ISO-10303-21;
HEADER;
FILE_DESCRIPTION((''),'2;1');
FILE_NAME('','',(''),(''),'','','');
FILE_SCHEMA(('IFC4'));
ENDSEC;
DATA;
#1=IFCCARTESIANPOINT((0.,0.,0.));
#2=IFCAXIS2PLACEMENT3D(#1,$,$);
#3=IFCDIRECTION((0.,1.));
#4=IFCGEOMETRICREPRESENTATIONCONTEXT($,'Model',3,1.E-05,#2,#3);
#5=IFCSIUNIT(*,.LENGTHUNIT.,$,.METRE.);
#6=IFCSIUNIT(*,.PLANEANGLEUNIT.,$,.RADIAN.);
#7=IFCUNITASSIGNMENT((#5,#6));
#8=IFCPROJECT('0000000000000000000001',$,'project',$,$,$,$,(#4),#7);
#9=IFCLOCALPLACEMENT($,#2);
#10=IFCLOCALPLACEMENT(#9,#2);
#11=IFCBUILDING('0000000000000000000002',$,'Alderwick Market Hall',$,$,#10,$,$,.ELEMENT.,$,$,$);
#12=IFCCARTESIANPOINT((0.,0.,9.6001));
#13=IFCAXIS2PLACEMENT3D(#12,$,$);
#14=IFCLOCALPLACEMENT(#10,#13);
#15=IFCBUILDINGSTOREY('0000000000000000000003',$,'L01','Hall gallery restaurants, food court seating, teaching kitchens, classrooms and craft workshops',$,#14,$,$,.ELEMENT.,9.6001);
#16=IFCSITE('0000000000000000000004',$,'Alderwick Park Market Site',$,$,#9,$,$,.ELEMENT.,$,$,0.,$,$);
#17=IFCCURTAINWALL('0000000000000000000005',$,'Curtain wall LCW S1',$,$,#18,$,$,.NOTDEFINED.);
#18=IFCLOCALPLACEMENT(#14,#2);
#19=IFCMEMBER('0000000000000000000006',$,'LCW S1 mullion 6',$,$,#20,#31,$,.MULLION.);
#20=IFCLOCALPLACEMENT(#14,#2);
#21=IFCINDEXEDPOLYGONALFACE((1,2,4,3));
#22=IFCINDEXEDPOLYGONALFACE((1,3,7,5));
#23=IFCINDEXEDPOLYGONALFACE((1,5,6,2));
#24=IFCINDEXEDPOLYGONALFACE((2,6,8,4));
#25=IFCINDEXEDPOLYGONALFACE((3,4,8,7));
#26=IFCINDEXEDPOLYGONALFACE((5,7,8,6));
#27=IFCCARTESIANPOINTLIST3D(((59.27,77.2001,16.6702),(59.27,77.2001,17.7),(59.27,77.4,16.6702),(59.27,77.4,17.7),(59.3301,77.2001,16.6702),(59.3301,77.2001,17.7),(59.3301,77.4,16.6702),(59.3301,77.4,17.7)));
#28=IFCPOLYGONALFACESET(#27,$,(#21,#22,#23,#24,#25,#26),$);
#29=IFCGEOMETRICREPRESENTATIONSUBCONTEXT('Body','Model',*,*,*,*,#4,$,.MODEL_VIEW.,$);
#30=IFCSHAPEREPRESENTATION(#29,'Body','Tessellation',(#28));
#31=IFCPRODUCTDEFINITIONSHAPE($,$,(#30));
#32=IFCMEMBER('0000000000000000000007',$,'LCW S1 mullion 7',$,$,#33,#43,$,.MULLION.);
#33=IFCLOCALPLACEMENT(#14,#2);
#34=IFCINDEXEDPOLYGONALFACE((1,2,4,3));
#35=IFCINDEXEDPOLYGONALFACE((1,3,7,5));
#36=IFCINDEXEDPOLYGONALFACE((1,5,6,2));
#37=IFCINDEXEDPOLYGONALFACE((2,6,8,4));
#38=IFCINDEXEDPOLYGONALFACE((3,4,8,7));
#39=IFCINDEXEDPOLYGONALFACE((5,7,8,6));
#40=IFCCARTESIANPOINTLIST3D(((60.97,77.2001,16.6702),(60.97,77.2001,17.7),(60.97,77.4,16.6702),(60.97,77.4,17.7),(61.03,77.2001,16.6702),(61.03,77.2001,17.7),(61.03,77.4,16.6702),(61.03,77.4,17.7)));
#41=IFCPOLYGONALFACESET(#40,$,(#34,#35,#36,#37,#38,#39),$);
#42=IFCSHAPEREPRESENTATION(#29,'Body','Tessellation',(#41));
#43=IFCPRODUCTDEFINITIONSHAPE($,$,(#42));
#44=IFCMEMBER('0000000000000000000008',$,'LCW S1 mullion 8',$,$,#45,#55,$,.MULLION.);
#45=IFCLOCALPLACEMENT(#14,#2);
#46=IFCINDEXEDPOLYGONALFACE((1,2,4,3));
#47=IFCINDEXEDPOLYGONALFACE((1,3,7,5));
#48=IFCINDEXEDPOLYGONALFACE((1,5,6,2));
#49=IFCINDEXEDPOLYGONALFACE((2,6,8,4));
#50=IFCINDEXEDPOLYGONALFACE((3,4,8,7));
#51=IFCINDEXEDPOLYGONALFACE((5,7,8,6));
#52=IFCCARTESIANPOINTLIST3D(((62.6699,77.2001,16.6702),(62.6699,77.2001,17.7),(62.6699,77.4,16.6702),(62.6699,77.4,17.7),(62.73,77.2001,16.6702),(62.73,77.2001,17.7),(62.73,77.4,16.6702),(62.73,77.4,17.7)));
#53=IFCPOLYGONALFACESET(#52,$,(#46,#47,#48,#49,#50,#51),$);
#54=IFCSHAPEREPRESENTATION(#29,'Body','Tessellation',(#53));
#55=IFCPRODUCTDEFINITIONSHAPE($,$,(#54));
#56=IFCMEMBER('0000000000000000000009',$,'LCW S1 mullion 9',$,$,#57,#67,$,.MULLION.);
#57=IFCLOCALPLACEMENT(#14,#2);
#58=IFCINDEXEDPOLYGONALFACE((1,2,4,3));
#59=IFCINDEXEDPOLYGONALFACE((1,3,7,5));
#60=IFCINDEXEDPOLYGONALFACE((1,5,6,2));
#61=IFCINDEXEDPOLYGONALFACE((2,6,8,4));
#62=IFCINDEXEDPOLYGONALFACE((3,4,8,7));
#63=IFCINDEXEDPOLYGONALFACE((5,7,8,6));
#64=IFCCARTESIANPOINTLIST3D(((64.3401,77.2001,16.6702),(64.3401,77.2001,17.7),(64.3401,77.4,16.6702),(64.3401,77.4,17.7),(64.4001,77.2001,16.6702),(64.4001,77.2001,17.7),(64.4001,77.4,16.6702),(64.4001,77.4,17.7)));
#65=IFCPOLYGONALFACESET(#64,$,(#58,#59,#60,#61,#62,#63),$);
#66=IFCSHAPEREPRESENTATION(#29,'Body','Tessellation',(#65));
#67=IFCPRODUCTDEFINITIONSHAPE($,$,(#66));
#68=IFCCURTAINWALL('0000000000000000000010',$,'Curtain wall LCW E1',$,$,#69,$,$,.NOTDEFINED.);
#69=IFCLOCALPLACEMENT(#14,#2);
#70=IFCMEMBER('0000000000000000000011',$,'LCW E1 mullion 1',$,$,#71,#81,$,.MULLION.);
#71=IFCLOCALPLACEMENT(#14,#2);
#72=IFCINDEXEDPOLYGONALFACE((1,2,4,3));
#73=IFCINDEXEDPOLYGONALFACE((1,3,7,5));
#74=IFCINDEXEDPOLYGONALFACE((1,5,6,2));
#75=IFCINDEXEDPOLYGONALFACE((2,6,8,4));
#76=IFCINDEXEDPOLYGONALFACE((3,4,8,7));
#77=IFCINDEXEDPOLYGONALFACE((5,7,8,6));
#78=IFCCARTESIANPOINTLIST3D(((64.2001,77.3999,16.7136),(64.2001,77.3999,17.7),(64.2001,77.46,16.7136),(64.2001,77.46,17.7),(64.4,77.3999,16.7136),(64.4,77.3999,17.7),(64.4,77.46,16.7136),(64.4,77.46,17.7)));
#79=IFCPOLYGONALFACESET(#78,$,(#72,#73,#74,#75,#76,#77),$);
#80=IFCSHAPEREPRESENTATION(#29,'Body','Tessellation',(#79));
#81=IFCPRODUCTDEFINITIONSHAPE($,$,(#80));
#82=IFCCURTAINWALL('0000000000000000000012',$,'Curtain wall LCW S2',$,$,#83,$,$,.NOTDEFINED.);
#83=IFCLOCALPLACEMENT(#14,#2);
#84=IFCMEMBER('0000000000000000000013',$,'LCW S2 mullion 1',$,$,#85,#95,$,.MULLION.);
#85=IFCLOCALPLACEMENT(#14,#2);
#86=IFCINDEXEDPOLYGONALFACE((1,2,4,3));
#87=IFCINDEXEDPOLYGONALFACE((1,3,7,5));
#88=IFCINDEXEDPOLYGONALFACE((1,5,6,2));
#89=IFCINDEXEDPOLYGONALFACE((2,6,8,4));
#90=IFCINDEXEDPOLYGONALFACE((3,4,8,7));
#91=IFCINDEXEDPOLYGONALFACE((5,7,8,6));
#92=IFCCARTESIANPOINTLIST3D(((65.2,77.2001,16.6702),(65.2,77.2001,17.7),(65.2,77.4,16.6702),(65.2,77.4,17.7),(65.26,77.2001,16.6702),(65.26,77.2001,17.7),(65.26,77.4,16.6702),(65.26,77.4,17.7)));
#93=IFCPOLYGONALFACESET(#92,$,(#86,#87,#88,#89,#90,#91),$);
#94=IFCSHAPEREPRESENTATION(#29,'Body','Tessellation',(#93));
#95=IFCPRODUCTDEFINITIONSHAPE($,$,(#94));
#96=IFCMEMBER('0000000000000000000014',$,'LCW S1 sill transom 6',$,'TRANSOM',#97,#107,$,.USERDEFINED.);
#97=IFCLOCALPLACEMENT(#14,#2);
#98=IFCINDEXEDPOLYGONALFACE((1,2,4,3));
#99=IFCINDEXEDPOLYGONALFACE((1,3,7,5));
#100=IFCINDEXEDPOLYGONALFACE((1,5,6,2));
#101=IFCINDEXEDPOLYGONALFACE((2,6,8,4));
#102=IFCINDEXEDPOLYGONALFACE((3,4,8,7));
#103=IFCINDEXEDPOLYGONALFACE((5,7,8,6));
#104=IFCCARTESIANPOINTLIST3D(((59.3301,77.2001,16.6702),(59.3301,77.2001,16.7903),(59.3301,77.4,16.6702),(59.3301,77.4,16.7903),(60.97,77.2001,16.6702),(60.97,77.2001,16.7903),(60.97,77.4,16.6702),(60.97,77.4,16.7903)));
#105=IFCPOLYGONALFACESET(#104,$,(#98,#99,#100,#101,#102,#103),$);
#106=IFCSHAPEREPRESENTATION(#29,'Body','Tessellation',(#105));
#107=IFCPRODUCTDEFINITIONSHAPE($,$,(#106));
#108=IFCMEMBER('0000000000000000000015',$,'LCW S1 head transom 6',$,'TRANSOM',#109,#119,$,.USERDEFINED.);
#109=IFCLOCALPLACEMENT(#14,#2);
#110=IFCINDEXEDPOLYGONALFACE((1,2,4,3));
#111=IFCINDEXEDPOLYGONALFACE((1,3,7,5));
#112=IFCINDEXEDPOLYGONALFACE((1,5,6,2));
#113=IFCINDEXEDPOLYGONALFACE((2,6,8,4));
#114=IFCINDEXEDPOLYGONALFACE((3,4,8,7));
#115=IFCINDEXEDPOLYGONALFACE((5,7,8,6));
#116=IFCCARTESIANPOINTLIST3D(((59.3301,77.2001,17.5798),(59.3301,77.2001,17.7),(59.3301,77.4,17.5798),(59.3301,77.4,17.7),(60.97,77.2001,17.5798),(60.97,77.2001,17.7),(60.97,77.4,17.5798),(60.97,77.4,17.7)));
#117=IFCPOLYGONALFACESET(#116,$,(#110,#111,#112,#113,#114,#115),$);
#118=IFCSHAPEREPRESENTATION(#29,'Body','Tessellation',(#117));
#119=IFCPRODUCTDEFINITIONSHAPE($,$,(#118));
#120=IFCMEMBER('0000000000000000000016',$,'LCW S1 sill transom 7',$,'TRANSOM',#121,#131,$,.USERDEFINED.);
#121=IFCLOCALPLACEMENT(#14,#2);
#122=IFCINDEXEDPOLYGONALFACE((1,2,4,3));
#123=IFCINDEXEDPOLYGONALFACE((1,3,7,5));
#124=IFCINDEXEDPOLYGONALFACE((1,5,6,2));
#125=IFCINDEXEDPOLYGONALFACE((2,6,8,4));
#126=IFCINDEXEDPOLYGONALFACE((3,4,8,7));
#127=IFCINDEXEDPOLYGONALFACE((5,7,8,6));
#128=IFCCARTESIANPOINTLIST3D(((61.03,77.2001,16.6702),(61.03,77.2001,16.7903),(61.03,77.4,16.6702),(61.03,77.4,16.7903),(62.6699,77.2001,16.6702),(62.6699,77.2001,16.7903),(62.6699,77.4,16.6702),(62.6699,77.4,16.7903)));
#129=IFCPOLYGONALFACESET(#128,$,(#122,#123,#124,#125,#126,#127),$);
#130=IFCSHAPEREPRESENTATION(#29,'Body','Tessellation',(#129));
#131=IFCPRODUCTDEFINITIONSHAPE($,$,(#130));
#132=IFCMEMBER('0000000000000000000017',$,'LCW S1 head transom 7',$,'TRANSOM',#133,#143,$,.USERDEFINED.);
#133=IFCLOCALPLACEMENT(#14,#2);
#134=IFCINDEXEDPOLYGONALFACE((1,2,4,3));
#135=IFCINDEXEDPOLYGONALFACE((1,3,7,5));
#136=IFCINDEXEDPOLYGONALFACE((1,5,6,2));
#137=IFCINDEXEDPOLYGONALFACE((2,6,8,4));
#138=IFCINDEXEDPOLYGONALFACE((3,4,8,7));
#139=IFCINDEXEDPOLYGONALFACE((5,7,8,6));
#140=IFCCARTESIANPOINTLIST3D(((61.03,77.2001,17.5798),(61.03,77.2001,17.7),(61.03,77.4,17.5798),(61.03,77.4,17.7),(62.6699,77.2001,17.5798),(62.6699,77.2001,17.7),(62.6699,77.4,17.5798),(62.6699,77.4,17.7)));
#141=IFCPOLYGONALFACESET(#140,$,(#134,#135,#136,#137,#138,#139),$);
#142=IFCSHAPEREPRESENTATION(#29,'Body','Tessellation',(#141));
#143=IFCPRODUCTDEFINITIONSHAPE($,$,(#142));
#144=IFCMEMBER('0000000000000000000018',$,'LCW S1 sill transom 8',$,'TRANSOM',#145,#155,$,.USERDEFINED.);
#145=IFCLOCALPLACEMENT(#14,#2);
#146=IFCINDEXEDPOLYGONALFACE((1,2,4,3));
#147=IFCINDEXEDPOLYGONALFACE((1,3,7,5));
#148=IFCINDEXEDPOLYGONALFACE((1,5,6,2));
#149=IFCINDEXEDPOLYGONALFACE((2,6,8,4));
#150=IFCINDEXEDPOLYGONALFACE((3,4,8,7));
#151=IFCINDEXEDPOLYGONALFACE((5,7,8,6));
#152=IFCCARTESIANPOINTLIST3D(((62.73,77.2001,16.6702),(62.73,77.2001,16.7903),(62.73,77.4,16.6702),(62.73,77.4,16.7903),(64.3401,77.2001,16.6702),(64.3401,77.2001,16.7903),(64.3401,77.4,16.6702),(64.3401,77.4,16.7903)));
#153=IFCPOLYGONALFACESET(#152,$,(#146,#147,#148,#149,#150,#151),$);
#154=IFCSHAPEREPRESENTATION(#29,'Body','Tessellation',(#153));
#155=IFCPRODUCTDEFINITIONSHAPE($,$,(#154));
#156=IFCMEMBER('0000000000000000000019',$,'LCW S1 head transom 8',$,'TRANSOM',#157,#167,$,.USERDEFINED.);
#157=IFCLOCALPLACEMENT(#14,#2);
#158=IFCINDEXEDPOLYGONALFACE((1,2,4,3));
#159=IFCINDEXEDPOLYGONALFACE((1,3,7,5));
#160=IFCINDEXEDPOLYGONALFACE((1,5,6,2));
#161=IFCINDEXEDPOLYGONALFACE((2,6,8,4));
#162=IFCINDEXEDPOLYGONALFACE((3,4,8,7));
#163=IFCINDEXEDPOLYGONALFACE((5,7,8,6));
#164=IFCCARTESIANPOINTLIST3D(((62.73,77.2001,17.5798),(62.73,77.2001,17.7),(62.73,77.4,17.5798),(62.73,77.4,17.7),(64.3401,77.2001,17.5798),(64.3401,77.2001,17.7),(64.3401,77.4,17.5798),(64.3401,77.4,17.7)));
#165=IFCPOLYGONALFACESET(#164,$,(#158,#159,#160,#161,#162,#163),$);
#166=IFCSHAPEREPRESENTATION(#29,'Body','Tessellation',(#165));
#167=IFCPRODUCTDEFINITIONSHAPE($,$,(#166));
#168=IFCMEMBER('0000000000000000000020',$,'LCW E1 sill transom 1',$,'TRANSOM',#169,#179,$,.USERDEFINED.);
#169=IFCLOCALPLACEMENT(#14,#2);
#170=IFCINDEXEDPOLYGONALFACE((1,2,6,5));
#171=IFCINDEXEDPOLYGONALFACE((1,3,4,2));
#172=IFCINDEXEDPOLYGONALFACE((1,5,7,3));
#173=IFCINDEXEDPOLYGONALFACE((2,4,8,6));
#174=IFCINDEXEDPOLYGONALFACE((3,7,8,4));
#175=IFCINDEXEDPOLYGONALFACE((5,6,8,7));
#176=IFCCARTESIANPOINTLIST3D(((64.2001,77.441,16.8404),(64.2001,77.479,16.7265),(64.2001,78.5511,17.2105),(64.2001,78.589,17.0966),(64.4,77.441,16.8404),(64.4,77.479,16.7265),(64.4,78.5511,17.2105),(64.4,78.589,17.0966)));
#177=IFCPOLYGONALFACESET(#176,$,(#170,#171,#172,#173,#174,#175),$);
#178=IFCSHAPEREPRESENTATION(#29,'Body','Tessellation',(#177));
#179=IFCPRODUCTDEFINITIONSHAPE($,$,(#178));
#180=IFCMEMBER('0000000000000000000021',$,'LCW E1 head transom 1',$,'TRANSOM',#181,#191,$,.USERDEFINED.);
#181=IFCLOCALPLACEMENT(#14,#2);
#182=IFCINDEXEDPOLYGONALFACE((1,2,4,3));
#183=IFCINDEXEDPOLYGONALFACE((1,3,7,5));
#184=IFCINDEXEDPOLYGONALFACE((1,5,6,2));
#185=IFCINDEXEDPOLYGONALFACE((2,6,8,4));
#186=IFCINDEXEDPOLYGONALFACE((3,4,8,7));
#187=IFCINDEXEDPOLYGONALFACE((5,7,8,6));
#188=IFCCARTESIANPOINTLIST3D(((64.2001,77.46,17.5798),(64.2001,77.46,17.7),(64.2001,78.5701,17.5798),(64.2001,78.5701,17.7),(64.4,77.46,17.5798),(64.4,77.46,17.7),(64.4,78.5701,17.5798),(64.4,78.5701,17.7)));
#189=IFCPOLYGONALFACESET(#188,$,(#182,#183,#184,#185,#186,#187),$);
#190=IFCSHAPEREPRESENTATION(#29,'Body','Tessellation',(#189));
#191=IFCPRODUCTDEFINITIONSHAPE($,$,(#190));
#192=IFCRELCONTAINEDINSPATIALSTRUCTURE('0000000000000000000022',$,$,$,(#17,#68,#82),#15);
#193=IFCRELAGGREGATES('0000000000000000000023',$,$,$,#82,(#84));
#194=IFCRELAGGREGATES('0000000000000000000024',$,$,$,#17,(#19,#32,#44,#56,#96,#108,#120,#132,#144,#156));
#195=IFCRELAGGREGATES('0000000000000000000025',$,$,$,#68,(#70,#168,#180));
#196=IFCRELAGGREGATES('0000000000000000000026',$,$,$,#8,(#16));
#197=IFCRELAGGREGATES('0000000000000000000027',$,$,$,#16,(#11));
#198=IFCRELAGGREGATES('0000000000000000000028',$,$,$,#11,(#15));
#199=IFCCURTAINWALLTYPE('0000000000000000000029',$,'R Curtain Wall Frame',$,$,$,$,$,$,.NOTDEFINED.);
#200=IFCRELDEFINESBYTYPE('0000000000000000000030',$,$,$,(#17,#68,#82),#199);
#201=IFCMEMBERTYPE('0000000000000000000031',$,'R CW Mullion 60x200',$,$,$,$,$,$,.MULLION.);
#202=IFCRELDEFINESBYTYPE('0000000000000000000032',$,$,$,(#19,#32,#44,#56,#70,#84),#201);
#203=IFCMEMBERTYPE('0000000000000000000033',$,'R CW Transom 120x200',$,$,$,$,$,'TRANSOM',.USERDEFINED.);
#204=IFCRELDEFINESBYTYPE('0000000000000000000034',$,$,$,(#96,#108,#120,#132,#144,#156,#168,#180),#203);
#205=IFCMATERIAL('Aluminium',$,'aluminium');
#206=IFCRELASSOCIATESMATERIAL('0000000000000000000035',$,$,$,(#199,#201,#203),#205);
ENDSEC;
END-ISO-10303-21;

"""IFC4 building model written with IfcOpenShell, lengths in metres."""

from ifc_helpers import new_model, si_unit, direction, frame, origin, origin_2d, place, context, subcontext, project, spatial, rectangle, extrude, material, material_profile, profile_set, type_object, element, aggregate, save


model = new_model("IFC4")

# Units and contexts
model_context = context("Model", 3, precision=1e-05, world=origin(), true_north=direction((0.0, 1.0)))
body_context = subcontext(model_context, "Body", "Model", "MODEL_VIEW")
ifc_project = project(units=[si_unit("LENGTHUNIT", "METRE"), si_unit("PLANEANGLEUNIT", "RADIAN")], contexts=[model_context])

# Site, building, storey
site_placement = place(None, origin())
site = spatial("IfcSite", under=ifc_project, at=site_placement, Name="Alderwick Park Market Site", CompositionType="ELEMENT", RefElevation=0.0)
building_placement = place(site_placement, origin())
building = spatial("IfcBuilding", under=site, at=building_placement, Name="Alderwick Market Hall", CompositionType="ELEMENT")
storey_placement = place(building_placement, frame((0.0, 0.0, 9.6001)))
storey = spatial("IfcBuildingStorey", under=building, at=storey_placement, Name="L01", Description="Hall gallery restaurants, food court seating, teaching kitchens, classrooms and craft workshops", CompositionType="ELEMENT", Elevation=9.6001)

# Curtain wall, members
ifc_material_1 = material(Name="Aluminium", Category="aluminium")
curtain_wall_type = type_object("IfcCurtainWallType", Name="R Curtain Wall Frame", PredefinedType="NOTDEFINED", material=ifc_material_1)
curtain_wall_1_placement = place(storey_placement, origin())
curtain_wall_1 = element("IfcCurtainWall", 1, at=curtain_wall_1_placement, inside=storey, type_object=curtain_wall_type, Name="Curtain wall LCW S1", PredefinedType="NOTDEFINED")
ifc_material_profile_1 = material_profile(ifc_material_1, rectangle(XDim=0.2, YDim=0.0601, at=origin_2d()), Name="AL 60x200")
ifc_profile_set_1 = profile_set([ifc_material_profile_1], Name="Aluminium")
member_type_1 = type_object("IfcMemberType", Name="R CW Mullion 60x200", PredefinedType="MULLION", material=ifc_profile_set_1)
member_1_placement = place(storey_placement, frame((59.3, 77.3, 16.6702), z_axis=(0.0, 0.0, 1.0), x_axis=(0.0, 1.0, 0.0)))
member_1 = element("IfcMember", 2, at=member_1_placement, type_object=member_type_1, Name="LCW S1 mullion 6", PredefinedType="MULLION", context=body_context, shape_type="SweptSolid", body=[
    extrude(rectangle(XDim=0.2, YDim=0.0601, at=origin_2d()), origin(), (0.0, 0.0, 1.0), 1.0298),
])
member_2_placement = place(storey_placement, frame((61.0, 77.3, 16.6702), z_axis=(0.0, 0.0, 1.0), x_axis=(0.0, 1.0, 0.0)))
member_2 = element("IfcMember", 3, at=member_2_placement, type_object=member_type_1, Name="LCW S1 mullion 7", PredefinedType="MULLION", context=body_context, shape_type="SweptSolid", body=[
    extrude(rectangle(XDim=0.2, YDim=0.0601, at=origin_2d()), origin(), (0.0, 0.0, 1.0), 1.0298),
])
member_3_placement = place(storey_placement, frame((62.7, 77.3, 16.6702), z_axis=(0.0, 0.0, 1.0), x_axis=(0.0, 1.0, 0.0)))
member_3 = element("IfcMember", 4, at=member_3_placement, type_object=member_type_1, Name="LCW S1 mullion 8", PredefinedType="MULLION", context=body_context, shape_type="SweptSolid", body=[
    extrude(rectangle(XDim=0.2, YDim=0.0601, at=origin_2d()), origin(), (0.0, 0.0, 1.0), 1.0298),
])
member_4_placement = place(storey_placement, frame((64.3701, 77.3, 16.6702), z_axis=(0.0, 0.0, 1.0), x_axis=(0.0, 1.0, 0.0)))
member_4 = element("IfcMember", 5, at=member_4_placement, type_object=member_type_1, Name="LCW S1 mullion 9", PredefinedType="MULLION", context=body_context, shape_type="SweptSolid", body=[
    extrude(rectangle(XDim=0.2, YDim=0.0601, at=origin_2d()), origin(), (0.0, 0.0, 1.0), 1.0298),
])

# Curtain walls, members
curtain_wall_2_placement = place(storey_placement, origin())
curtain_wall_2 = element("IfcCurtainWall", 6, at=curtain_wall_2_placement, inside=storey, type_object=curtain_wall_type, Name="Curtain wall LCW E1", PredefinedType="NOTDEFINED")
member_5_placement = place(storey_placement, frame((64.3, 77.4299, 16.7136), z_axis=(0.0, 0.0, 1.0), x_axis=(1.0, 0.0, 0.0)))
member_5 = element("IfcMember", 7, at=member_5_placement, type_object=member_type_1, Name="LCW E1 mullion 1", PredefinedType="MULLION", context=body_context, shape_type="SweptSolid", body=[
    extrude(rectangle(XDim=0.2, YDim=0.0601, at=origin_2d()), origin(), (0.0, 0.0, 1.0), 0.9863),
])
curtain_wall_3_placement = place(storey_placement, origin())
curtain_wall_3 = element("IfcCurtainWall", 8, at=curtain_wall_3_placement, inside=storey, type_object=curtain_wall_type, Name="Curtain wall LCW S2", PredefinedType="NOTDEFINED")
member_6_placement = place(storey_placement, frame((65.23, 77.3, 16.6702), z_axis=(0.0, 0.0, 1.0), x_axis=(0.0, 1.0, 0.0)))
member_6 = element("IfcMember", 9, at=member_6_placement, type_object=member_type_1, Name="LCW S2 mullion 1", PredefinedType="MULLION", context=body_context, shape_type="SweptSolid", body=[
    extrude(rectangle(XDim=0.2, YDim=0.0601, at=origin_2d()), origin(), (0.0, 0.0, 1.0), 1.0298),
])
aggregate(curtain_wall_3, [member_6])

# Members
ifc_material_profile_2 = material_profile(ifc_material_1, rectangle(XDim=0.2, YDim=0.1201, at=origin_2d()), Name="AL 120x200")
ifc_profile_set_2 = profile_set([ifc_material_profile_2], Name="Aluminium")
member_type_2 = type_object("IfcMemberType", Name="R CW Transom 120x200", ElementType="TRANSOM", PredefinedType="USERDEFINED", material=ifc_profile_set_2)
member_7_placement = place(storey_placement, frame((59.3301, 77.3, 16.7302), z_axis=(1.0, 0.0, 0.0), x_axis=(0.0, 1.0, 0.0)))
member_7 = element("IfcMember", 10, at=member_7_placement, type_object=member_type_2, Name="LCW S1 sill transom 6", ObjectType="TRANSOM", PredefinedType="USERDEFINED", context=body_context, shape_type="SweptSolid", body=[
    extrude(rectangle(XDim=0.2, YDim=0.1201, at=origin_2d()), origin(), (0.0, 0.0, 1.0), 1.6399),
])
member_8_placement = place(storey_placement, frame((59.3301, 77.3, 17.6399), z_axis=(1.0, 0.0, 0.0), x_axis=(0.0, 1.0, 0.0)))
member_8 = element("IfcMember", 11, at=member_8_placement, type_object=member_type_2, Name="LCW S1 head transom 6", ObjectType="TRANSOM", PredefinedType="USERDEFINED", context=body_context, shape_type="SweptSolid", body=[
    extrude(rectangle(XDim=0.2, YDim=0.1201, at=origin_2d()), origin(), (0.0, 0.0, 1.0), 1.6399),
])
member_9_placement = place(storey_placement, frame((61.03, 77.3, 16.7302), z_axis=(1.0, 0.0, 0.0), x_axis=(0.0, 1.0, 0.0)))
member_9 = element("IfcMember", 12, at=member_9_placement, type_object=member_type_2, Name="LCW S1 sill transom 7", ObjectType="TRANSOM", PredefinedType="USERDEFINED", context=body_context, shape_type="SweptSolid", body=[
    extrude(rectangle(XDim=0.2, YDim=0.1201, at=origin_2d()), origin(), (0.0, 0.0, 1.0), 1.6399),
])
member_10_placement = place(storey_placement, frame((61.03, 77.3, 17.6399), z_axis=(1.0, 0.0, 0.0), x_axis=(0.0, 1.0, 0.0)))
member_10 = element("IfcMember", 13, at=member_10_placement, type_object=member_type_2, Name="LCW S1 head transom 7", ObjectType="TRANSOM", PredefinedType="USERDEFINED", context=body_context, shape_type="SweptSolid", body=[
    extrude(rectangle(XDim=0.2, YDim=0.1201, at=origin_2d()), origin(), (0.0, 0.0, 1.0), 1.6399),
])
member_11_placement = place(storey_placement, frame((62.73, 77.3, 16.7302), z_axis=(1.0, 0.0, 0.0), x_axis=(0.0, 1.0, 0.0)))
member_11 = element("IfcMember", 14, at=member_11_placement, type_object=member_type_2, Name="LCW S1 sill transom 8", ObjectType="TRANSOM", PredefinedType="USERDEFINED", context=body_context, shape_type="SweptSolid", body=[
    extrude(rectangle(XDim=0.2, YDim=0.1201, at=origin_2d()), origin(), (0.0, 0.0, 1.0), 1.6101),
])
member_12_placement = place(storey_placement, frame((62.73, 77.3, 17.6399), z_axis=(1.0, 0.0, 0.0), x_axis=(0.0, 1.0, 0.0)))
member_12 = element("IfcMember", 15, at=member_12_placement, type_object=member_type_2, Name="LCW S1 head transom 8", ObjectType="TRANSOM", PredefinedType="USERDEFINED", context=body_context, shape_type="SweptSolid", body=[
    extrude(rectangle(XDim=0.2, YDim=0.1201, at=origin_2d()), origin(), (0.0, 0.0, 1.0), 1.6101),
])
member_13_placement = place(storey_placement, frame((64.3, 77.46, 16.7834), z_axis=(0.0, 0.948662, 0.31629), x_axis=(-1.0, 0.0, 0.0)))
member_13 = element("IfcMember", 16, at=member_13_placement, type_object=member_type_2, Name="LCW E1 sill transom 1", ObjectType="TRANSOM", PredefinedType="USERDEFINED", context=body_context, shape_type="SweptSolid", body=[
    extrude(rectangle(XDim=0.2, YDim=0.1201, at=origin_2d()), origin(), (0.0, 0.0, 1.0), 1.1702),
])
member_14_placement = place(storey_placement, frame((64.3, 77.46, 17.6399), z_axis=(0.0, 1.0, 0.0), x_axis=(-1.0, 0.0, 0.0)))
member_14 = element("IfcMember", 17, at=member_14_placement, type_object=member_type_2, Name="LCW E1 head transom 1", ObjectType="TRANSOM", PredefinedType="USERDEFINED", context=body_context, shape_type="SweptSolid", body=[
    extrude(rectangle(XDim=0.2, YDim=0.1201, at=origin_2d()), origin(), (0.0, 0.0, 1.0), 1.1101),
])

aggregate(curtain_wall_1, [member_1, member_2, member_3, member_4, member_7, member_8, member_9, member_10, member_11, member_12])

aggregate(curtain_wall_2, [member_5, member_13, member_14])

save(model, "model.ifc")
